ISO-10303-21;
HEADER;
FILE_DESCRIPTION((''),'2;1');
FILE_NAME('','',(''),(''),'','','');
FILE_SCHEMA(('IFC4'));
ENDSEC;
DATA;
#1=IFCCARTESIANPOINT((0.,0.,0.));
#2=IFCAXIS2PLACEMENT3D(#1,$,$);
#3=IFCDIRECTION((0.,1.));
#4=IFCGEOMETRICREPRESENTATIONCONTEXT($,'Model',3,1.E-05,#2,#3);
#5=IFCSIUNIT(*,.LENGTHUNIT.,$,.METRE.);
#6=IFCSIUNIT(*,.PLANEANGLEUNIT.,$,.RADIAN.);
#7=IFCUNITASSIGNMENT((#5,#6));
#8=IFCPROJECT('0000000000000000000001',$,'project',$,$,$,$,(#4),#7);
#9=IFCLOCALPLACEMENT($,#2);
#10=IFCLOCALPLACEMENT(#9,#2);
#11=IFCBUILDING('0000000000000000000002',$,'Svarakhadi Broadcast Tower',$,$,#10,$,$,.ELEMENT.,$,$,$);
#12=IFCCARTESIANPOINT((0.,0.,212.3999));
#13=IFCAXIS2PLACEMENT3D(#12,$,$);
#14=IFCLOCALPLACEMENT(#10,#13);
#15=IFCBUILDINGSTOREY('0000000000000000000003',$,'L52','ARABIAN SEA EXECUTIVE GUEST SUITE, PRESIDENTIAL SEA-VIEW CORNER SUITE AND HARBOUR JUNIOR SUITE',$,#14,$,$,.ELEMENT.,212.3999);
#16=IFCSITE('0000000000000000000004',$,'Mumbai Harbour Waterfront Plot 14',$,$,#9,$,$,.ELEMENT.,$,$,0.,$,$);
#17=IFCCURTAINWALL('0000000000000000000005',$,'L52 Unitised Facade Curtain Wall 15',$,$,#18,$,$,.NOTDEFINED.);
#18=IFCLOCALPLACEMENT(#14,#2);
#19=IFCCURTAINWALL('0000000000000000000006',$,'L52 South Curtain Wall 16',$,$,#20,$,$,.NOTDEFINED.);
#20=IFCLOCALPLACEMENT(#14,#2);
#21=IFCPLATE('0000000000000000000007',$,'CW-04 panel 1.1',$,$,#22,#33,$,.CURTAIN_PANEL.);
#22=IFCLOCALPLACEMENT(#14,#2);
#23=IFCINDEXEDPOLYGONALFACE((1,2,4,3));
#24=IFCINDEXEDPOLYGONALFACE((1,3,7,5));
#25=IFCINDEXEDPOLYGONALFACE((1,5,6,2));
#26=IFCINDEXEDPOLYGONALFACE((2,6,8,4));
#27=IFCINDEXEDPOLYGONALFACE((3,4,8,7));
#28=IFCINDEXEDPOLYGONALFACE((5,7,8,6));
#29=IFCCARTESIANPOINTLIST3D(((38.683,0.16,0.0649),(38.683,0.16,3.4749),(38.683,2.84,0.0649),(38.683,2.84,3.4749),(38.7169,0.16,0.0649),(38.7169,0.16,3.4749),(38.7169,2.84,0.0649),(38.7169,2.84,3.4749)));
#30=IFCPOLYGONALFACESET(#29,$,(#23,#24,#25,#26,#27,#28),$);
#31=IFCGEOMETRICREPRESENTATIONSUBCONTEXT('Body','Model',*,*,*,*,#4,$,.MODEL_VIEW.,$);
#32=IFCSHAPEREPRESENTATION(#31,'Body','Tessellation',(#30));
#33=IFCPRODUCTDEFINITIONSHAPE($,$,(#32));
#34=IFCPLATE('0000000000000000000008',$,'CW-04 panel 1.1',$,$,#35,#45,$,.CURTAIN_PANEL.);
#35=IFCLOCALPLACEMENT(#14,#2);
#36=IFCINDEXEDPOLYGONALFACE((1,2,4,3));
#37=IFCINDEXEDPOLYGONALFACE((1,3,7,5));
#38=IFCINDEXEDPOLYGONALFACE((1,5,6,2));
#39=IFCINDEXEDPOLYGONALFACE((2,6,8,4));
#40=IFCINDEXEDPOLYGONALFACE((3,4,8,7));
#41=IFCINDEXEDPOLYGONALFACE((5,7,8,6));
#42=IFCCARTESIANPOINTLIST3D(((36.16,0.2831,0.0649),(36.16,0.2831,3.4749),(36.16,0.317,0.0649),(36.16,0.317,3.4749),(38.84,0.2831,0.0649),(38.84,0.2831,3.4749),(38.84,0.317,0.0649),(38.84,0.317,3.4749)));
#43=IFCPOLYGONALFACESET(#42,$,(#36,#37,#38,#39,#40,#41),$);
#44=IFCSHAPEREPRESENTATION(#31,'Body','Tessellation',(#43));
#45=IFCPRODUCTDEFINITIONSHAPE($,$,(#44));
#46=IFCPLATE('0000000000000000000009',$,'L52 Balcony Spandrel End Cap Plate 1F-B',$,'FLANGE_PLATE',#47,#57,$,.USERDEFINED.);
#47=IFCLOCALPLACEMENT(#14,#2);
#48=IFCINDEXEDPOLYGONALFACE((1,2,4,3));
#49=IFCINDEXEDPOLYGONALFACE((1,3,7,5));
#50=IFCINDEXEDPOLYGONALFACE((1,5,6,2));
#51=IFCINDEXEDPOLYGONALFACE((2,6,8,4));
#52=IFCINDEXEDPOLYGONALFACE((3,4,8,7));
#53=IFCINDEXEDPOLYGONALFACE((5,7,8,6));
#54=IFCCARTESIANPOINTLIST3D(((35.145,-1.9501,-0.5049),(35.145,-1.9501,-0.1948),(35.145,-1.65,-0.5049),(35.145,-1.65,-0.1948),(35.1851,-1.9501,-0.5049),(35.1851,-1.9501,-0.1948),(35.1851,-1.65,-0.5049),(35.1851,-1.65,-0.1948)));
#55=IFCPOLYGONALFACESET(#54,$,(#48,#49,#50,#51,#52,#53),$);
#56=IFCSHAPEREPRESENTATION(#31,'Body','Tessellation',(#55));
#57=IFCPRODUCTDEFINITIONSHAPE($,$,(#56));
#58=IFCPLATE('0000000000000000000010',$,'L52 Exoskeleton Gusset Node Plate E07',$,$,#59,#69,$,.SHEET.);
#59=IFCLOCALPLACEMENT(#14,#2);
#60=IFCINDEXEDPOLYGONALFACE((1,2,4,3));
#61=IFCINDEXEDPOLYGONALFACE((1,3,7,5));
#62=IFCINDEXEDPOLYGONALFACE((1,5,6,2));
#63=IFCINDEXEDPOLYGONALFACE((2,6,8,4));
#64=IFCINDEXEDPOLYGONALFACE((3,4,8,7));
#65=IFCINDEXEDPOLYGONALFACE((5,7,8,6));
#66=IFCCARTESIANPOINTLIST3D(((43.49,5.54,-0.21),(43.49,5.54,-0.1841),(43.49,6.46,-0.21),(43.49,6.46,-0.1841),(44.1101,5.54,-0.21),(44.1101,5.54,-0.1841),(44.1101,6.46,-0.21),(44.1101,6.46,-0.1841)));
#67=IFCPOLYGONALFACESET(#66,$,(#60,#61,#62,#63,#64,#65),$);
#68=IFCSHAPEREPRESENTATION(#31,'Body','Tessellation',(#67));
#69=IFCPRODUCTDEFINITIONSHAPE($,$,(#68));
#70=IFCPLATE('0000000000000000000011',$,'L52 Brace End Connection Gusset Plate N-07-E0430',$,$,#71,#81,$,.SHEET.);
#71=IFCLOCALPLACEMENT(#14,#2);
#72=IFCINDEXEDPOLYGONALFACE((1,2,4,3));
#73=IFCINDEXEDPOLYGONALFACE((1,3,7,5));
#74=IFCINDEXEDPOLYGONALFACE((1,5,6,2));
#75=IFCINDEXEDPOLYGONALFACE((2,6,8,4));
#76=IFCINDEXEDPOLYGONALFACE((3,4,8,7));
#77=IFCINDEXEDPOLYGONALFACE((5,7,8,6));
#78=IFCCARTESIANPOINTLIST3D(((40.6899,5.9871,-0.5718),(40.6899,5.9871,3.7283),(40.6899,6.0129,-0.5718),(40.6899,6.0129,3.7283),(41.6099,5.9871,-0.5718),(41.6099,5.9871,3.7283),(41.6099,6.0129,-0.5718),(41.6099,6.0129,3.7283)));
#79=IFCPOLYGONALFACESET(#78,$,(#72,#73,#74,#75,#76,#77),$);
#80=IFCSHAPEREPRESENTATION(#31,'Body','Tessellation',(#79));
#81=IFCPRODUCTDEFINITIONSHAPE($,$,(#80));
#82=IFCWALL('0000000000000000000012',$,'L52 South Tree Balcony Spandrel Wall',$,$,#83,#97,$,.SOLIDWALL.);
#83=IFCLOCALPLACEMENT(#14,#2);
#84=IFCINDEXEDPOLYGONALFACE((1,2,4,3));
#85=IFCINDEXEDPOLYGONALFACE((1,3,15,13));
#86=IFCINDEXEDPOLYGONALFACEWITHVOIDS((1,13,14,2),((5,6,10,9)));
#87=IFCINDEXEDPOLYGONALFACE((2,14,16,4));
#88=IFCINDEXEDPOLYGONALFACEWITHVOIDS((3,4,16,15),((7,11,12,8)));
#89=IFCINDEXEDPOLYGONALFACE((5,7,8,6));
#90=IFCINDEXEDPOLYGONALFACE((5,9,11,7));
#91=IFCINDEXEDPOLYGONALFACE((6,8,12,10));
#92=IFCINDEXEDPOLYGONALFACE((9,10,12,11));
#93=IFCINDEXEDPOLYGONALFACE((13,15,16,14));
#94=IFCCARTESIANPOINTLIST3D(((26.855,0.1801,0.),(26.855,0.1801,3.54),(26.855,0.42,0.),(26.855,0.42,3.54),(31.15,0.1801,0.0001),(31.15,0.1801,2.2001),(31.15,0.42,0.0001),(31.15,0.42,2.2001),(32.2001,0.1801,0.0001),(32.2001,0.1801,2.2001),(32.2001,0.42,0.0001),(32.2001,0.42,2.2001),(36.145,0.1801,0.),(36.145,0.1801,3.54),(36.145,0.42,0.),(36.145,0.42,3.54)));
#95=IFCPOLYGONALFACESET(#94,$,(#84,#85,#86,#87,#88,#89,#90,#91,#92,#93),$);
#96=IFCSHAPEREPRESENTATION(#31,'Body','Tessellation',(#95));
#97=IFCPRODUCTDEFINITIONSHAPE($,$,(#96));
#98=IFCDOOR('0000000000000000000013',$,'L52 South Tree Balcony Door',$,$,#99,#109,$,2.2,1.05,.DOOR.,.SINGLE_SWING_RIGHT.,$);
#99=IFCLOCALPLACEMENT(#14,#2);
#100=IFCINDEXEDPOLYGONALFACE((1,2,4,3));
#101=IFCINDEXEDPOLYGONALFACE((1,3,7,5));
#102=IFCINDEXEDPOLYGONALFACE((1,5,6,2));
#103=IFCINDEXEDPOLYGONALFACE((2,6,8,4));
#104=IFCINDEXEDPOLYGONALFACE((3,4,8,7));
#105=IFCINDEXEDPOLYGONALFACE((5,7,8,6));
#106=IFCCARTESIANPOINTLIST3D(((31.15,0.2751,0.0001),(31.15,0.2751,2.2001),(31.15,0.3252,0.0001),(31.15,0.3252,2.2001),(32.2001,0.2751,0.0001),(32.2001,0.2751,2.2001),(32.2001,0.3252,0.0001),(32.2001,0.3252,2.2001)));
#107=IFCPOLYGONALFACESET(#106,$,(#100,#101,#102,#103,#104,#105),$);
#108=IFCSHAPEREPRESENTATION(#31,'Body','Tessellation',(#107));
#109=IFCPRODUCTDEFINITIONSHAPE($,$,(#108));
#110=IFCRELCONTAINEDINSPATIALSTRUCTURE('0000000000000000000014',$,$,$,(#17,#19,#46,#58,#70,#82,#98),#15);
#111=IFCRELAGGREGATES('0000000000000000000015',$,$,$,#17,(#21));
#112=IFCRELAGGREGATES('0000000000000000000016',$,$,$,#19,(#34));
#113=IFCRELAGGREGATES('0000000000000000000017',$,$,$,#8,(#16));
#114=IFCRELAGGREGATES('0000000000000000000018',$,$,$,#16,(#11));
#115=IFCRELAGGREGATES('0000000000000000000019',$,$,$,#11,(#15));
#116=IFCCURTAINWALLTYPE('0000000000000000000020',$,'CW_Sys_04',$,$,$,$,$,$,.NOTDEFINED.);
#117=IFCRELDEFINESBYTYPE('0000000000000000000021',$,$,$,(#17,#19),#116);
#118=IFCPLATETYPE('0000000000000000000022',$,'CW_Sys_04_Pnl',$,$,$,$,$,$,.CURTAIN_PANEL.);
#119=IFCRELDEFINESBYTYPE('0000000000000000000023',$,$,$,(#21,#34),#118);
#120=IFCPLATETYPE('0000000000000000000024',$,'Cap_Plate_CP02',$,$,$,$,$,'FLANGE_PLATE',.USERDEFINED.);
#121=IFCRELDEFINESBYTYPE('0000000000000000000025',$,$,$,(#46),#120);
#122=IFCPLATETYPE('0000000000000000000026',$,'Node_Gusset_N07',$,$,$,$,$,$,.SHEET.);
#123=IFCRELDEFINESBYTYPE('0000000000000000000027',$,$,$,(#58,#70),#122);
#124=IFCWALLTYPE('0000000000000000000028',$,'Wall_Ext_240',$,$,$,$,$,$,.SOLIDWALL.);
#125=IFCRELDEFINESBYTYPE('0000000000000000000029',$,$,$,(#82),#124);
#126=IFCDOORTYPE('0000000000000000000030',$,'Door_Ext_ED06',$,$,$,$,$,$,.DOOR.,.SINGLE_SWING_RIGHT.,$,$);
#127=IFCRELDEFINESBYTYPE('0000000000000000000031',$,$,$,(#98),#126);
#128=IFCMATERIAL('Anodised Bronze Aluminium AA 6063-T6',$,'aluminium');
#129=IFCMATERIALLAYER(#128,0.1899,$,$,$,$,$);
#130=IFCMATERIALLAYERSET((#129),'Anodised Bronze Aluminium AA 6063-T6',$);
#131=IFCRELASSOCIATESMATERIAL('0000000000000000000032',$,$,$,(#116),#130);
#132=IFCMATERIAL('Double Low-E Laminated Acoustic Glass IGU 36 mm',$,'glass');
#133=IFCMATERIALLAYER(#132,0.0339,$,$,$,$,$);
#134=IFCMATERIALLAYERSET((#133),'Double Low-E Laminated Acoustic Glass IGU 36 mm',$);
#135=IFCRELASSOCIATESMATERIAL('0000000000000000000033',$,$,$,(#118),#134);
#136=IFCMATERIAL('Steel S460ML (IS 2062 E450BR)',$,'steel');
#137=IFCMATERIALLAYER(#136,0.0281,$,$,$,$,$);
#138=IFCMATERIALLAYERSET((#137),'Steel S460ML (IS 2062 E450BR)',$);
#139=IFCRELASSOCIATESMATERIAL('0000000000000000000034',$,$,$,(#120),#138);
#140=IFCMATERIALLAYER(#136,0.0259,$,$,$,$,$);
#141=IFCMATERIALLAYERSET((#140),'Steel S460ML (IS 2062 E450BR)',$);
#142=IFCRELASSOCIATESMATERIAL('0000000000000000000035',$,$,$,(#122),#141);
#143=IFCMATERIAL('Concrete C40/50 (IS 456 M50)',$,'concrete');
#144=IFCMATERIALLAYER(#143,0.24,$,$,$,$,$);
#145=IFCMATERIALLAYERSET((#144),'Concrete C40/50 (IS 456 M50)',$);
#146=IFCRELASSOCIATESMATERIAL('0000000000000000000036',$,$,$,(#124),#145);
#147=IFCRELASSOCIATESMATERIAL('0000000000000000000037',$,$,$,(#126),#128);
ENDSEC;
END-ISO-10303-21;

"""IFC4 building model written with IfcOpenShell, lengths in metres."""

from ifc_helpers import new_model, si_unit, direction, frame, frame_2d, origin, origin_2d, place, context, subcontext, project, spatial, rectangle, extrude, material, layer, layer_set, type_object, element, fill, aggregate, save


model = new_model("IFC4")

# Units and contexts
model_context = context("Model", 3, precision=1e-05, world=origin(), true_north=direction((0.0, 1.0)))
body_context = subcontext(model_context, "Body", "Model", "MODEL_VIEW")
ifc_project = project(units=[si_unit("LENGTHUNIT", "METRE"), si_unit("PLANEANGLEUNIT", "RADIAN")], contexts=[model_context])

# Site, building, storey
site_placement = place(None, origin())
site = spatial("IfcSite", under=ifc_project, at=site_placement, Name="Mumbai Harbour Waterfront Plot 14", CompositionType="ELEMENT", RefElevation=0.0)
building_placement = place(site_placement, origin())
building = spatial("IfcBuilding", under=site, at=building_placement, Name="Svarakhadi Broadcast Tower", CompositionType="ELEMENT")
storey_placement = place(building_placement, frame((0.0, 0.0, 212.3999)))
storey = spatial("IfcBuildingStorey", under=building, at=storey_placement, Name="L52", Description="ARABIAN SEA EXECUTIVE GUEST SUITE, PRESIDENTIAL SEA-VIEW CORNER SUITE AND HARBOUR JUNIOR SUITE", CompositionType="ELEMENT", Elevation=212.3999)

# Shared definitions
ifc_material_1 = material(Name="Steel S460ML (IS 2062 E450BR)", Category="steel")

# Shared definitions
ifc_material_2 = material(Name="Anodised Bronze Aluminium AA 6063-T6", Category="aluminium")
ifc_layer_1 = layer(ifc_material_2, 0.1899)
ifc_layer_set_1 = layer_set([ifc_layer_1], Name="Anodised Bronze Aluminium AA 6063-T6")
curtain_wall_type = type_object("IfcCurtainWallType", Name="CW_Sys_04", PredefinedType="NOTDEFINED", material=ifc_layer_set_1)

# Curtain walls
curtain_wall_1_placement = place(storey_placement, origin())
curtain_wall_1 = element("IfcCurtainWall", 1, at=curtain_wall_1_placement, inside=storey, type_object=curtain_wall_type, Name="L52 Unitised Facade Curtain Wall 15", PredefinedType="NOTDEFINED")
curtain_wall_2_placement = place(storey_placement, origin())
curtain_wall_2 = element("IfcCurtainWall", 2, at=curtain_wall_2_placement, inside=storey, type_object=curtain_wall_type, Name="L52 South Curtain Wall 16", PredefinedType="NOTDEFINED")

# Plates
ifc_material_3 = material(Name="Double Low-E Laminated Acoustic Glass IGU 36 mm", Category="glass")
ifc_layer_2 = layer(ifc_material_3, 0.0339)
ifc_layer_set_2 = layer_set([ifc_layer_2], Name="Double Low-E Laminated Acoustic Glass IGU 36 mm")
plate_type_1 = type_object("IfcPlateType", Name="CW_Sys_04_Pnl", PredefinedType="CURTAIN_PANEL", material=ifc_layer_set_2)
plate_1_placement = place(storey_placement, frame((38.7, 1.5, 0.0649), z_axis=(0.0, 0.0, 1.0), x_axis=(0.0, -1.0, 0.0)))
plate_1 = element("IfcPlate", 3, at=plate_1_placement, type_object=plate_type_1, Name="CW-04 panel 1.1", PredefinedType="CURTAIN_PANEL", context=body_context, shape_type="SweptSolid", body=[
    extrude(rectangle(XDim=2.6799, YDim=0.0339, at=origin_2d()), origin(), (0.0, 0.0, 1.0), 3.4099),
])
aggregate(curtain_wall_1, [plate_1])
plate_2_placement = place(storey_placement, frame((37.5, 0.3, 0.0649), z_axis=(0.0, 0.0, 1.0), x_axis=(-1.0, 0.0, 0.0)))
plate_2 = element("IfcPlate", 4, at=plate_2_placement, type_object=plate_type_1, Name="CW-04 panel 1.1", PredefinedType="CURTAIN_PANEL", context=body_context, shape_type="SweptSolid", body=[
    extrude(rectangle(XDim=2.6799, YDim=0.0339, at=origin_2d()), origin(), (0.0, 0.0, 1.0), 3.4099),
])
aggregate(curtain_wall_2, [plate_2])

# Plates
ifc_layer_3 = layer(ifc_material_1, 0.0281)
ifc_layer_set_3 = layer_set([ifc_layer_3], Name="Steel S460ML (IS 2062 E450BR)")
plate_type_2 = type_object("IfcPlateType", Name="Cap_Plate_CP02", ElementType="FLANGE_PLATE", PredefinedType="USERDEFINED", material=ifc_layer_set_3)
plate_3_placement = place(storey_placement, frame((35.165, -1.8, -0.5049), z_axis=(0.0, 0.0, 1.0), x_axis=(1.0, 0.0, 0.0)))
element("IfcPlate", 5, at=plate_3_placement, inside=storey, type_object=plate_type_2, Name="L52 Balcony Spandrel End Cap Plate 1F-B", ObjectType="FLANGE_PLATE", PredefinedType="USERDEFINED", context=body_context, shape_type="SweptSolid", body=[
    extrude(rectangle(XDim=0.04, YDim=0.3, at=origin_2d()), origin(), (0.0, 0.0, 1.0), 0.3101),
])
ifc_layer_4 = layer(ifc_material_1, 0.0259)
ifc_layer_set_4 = layer_set([ifc_layer_4], Name="Steel S460ML (IS 2062 E450BR)")
plate_type_3 = type_object("IfcPlateType", Name="Node_Gusset_N07", PredefinedType="SHEET", material=ifc_layer_set_4)
plate_4_placement = place(storey_placement, frame((43.8, 6.0, -0.21), z_axis=(0.0, 0.0, 1.0), x_axis=(0.0, 1.0, 0.0)))
element("IfcPlate", 6, at=plate_4_placement, inside=storey, type_object=plate_type_3, Name="L52 Exoskeleton Gusset Node Plate E07", PredefinedType="SHEET", context=body_context, shape_type="SweptSolid", body=[
    extrude(rectangle(XDim=0.9199, YDim=0.6201, at=origin_2d()), origin(), (0.0, 0.0, 1.0), 0.0259),
])
plate_5_placement = place(storey_placement, frame((41.1499, 6.0, -0.5718), z_axis=(0.0, 0.0, 1.0), x_axis=(1.0, 0.0, 0.0)))
element("IfcPlate", 7, at=plate_5_placement, inside=storey, type_object=plate_type_3, Name="L52 Brace End Connection Gusset Plate N-07-E0430", PredefinedType="SHEET", context=body_context, shape_type="SweptSolid", body=[
    extrude(rectangle(XDim=0.9199, YDim=0.0259, at=origin_2d()), origin(), (0.0, 0.0, 1.0), 4.3),
])

# Wall, opening, door
ifc_material_4 = material(Name="Concrete C40/50 (IS 456 M50)", Category="concrete")
ifc_layer_5 = layer(ifc_material_4, 0.24)
ifc_layer_set_5 = layer_set([ifc_layer_5], Name="Concrete C40/50 (IS 456 M50)")
wall_type = type_object("IfcWallType", Name="Wall_Ext_240", PredefinedType="SOLIDWALL", material=ifc_layer_set_5)
wall_placement = place(storey_placement, frame((36.145, 0.3, 0.0), z_axis=(0.0, 0.0, 1.0), x_axis=(-1.0, 0.0, 0.0)))
wall = element("IfcWall", 8, at=wall_placement, inside=storey, type_object=wall_type, Name="L52 South Tree Balcony Spandrel Wall", PredefinedType="SOLIDWALL", context=body_context, shape_type="SweptSolid", body=[
    extrude(rectangle(XDim=9.29, YDim=0.24, at=frame_2d((4.645, 0.0))), origin(), (0.0, 0.0, 1.0), 3.54),
])
opening_placement = place(wall_placement, frame((3.9451, 0.0, 0.0)))
opening = element("IfcOpeningElement", 9, at=opening_placement, cuts=wall, PredefinedType="OPENING", context=body_context, shape_type="SweptSolid", body=[
    extrude(rectangle(XDim=1.05, YDim=2.2, at=frame_2d((0.5249, 1.1001))), frame((0.0, 0.1299, 0.0), z_axis=(0.0, -1.0, 0.0), x_axis=(1.0, 0.0, 0.0)), (0.0, 0.0, 1.0), 0.26),
])
door_type = type_object("IfcDoorType", Name="Door_Ext_ED06", OperationType="SINGLE_SWING_RIGHT", PredefinedType="DOOR", material=ifc_material_2)
door_placement = place(opening_placement, origin())
door = element("IfcDoor", 10, at=door_placement, inside=storey, type_object=door_type, Name="L52 South Tree Balcony Door", OperationType="SINGLE_SWING_RIGHT", OverallHeight=2.2, OverallWidth=1.05, PredefinedType="DOOR", context=body_context, shape_type="SweptSolid", body=[
    extrude(rectangle(XDim=1.05, YDim=2.2, at=frame_2d((0.5249, 1.1001))), frame((0.0, 0.0249, 0.0), z_axis=(0.0, -1.0, 0.0), x_axis=(1.0, 0.0, 0.0)), (0.0, 0.0, 1.0), 0.05),
])
fill(opening, door)

save(model, "model.ifc")
